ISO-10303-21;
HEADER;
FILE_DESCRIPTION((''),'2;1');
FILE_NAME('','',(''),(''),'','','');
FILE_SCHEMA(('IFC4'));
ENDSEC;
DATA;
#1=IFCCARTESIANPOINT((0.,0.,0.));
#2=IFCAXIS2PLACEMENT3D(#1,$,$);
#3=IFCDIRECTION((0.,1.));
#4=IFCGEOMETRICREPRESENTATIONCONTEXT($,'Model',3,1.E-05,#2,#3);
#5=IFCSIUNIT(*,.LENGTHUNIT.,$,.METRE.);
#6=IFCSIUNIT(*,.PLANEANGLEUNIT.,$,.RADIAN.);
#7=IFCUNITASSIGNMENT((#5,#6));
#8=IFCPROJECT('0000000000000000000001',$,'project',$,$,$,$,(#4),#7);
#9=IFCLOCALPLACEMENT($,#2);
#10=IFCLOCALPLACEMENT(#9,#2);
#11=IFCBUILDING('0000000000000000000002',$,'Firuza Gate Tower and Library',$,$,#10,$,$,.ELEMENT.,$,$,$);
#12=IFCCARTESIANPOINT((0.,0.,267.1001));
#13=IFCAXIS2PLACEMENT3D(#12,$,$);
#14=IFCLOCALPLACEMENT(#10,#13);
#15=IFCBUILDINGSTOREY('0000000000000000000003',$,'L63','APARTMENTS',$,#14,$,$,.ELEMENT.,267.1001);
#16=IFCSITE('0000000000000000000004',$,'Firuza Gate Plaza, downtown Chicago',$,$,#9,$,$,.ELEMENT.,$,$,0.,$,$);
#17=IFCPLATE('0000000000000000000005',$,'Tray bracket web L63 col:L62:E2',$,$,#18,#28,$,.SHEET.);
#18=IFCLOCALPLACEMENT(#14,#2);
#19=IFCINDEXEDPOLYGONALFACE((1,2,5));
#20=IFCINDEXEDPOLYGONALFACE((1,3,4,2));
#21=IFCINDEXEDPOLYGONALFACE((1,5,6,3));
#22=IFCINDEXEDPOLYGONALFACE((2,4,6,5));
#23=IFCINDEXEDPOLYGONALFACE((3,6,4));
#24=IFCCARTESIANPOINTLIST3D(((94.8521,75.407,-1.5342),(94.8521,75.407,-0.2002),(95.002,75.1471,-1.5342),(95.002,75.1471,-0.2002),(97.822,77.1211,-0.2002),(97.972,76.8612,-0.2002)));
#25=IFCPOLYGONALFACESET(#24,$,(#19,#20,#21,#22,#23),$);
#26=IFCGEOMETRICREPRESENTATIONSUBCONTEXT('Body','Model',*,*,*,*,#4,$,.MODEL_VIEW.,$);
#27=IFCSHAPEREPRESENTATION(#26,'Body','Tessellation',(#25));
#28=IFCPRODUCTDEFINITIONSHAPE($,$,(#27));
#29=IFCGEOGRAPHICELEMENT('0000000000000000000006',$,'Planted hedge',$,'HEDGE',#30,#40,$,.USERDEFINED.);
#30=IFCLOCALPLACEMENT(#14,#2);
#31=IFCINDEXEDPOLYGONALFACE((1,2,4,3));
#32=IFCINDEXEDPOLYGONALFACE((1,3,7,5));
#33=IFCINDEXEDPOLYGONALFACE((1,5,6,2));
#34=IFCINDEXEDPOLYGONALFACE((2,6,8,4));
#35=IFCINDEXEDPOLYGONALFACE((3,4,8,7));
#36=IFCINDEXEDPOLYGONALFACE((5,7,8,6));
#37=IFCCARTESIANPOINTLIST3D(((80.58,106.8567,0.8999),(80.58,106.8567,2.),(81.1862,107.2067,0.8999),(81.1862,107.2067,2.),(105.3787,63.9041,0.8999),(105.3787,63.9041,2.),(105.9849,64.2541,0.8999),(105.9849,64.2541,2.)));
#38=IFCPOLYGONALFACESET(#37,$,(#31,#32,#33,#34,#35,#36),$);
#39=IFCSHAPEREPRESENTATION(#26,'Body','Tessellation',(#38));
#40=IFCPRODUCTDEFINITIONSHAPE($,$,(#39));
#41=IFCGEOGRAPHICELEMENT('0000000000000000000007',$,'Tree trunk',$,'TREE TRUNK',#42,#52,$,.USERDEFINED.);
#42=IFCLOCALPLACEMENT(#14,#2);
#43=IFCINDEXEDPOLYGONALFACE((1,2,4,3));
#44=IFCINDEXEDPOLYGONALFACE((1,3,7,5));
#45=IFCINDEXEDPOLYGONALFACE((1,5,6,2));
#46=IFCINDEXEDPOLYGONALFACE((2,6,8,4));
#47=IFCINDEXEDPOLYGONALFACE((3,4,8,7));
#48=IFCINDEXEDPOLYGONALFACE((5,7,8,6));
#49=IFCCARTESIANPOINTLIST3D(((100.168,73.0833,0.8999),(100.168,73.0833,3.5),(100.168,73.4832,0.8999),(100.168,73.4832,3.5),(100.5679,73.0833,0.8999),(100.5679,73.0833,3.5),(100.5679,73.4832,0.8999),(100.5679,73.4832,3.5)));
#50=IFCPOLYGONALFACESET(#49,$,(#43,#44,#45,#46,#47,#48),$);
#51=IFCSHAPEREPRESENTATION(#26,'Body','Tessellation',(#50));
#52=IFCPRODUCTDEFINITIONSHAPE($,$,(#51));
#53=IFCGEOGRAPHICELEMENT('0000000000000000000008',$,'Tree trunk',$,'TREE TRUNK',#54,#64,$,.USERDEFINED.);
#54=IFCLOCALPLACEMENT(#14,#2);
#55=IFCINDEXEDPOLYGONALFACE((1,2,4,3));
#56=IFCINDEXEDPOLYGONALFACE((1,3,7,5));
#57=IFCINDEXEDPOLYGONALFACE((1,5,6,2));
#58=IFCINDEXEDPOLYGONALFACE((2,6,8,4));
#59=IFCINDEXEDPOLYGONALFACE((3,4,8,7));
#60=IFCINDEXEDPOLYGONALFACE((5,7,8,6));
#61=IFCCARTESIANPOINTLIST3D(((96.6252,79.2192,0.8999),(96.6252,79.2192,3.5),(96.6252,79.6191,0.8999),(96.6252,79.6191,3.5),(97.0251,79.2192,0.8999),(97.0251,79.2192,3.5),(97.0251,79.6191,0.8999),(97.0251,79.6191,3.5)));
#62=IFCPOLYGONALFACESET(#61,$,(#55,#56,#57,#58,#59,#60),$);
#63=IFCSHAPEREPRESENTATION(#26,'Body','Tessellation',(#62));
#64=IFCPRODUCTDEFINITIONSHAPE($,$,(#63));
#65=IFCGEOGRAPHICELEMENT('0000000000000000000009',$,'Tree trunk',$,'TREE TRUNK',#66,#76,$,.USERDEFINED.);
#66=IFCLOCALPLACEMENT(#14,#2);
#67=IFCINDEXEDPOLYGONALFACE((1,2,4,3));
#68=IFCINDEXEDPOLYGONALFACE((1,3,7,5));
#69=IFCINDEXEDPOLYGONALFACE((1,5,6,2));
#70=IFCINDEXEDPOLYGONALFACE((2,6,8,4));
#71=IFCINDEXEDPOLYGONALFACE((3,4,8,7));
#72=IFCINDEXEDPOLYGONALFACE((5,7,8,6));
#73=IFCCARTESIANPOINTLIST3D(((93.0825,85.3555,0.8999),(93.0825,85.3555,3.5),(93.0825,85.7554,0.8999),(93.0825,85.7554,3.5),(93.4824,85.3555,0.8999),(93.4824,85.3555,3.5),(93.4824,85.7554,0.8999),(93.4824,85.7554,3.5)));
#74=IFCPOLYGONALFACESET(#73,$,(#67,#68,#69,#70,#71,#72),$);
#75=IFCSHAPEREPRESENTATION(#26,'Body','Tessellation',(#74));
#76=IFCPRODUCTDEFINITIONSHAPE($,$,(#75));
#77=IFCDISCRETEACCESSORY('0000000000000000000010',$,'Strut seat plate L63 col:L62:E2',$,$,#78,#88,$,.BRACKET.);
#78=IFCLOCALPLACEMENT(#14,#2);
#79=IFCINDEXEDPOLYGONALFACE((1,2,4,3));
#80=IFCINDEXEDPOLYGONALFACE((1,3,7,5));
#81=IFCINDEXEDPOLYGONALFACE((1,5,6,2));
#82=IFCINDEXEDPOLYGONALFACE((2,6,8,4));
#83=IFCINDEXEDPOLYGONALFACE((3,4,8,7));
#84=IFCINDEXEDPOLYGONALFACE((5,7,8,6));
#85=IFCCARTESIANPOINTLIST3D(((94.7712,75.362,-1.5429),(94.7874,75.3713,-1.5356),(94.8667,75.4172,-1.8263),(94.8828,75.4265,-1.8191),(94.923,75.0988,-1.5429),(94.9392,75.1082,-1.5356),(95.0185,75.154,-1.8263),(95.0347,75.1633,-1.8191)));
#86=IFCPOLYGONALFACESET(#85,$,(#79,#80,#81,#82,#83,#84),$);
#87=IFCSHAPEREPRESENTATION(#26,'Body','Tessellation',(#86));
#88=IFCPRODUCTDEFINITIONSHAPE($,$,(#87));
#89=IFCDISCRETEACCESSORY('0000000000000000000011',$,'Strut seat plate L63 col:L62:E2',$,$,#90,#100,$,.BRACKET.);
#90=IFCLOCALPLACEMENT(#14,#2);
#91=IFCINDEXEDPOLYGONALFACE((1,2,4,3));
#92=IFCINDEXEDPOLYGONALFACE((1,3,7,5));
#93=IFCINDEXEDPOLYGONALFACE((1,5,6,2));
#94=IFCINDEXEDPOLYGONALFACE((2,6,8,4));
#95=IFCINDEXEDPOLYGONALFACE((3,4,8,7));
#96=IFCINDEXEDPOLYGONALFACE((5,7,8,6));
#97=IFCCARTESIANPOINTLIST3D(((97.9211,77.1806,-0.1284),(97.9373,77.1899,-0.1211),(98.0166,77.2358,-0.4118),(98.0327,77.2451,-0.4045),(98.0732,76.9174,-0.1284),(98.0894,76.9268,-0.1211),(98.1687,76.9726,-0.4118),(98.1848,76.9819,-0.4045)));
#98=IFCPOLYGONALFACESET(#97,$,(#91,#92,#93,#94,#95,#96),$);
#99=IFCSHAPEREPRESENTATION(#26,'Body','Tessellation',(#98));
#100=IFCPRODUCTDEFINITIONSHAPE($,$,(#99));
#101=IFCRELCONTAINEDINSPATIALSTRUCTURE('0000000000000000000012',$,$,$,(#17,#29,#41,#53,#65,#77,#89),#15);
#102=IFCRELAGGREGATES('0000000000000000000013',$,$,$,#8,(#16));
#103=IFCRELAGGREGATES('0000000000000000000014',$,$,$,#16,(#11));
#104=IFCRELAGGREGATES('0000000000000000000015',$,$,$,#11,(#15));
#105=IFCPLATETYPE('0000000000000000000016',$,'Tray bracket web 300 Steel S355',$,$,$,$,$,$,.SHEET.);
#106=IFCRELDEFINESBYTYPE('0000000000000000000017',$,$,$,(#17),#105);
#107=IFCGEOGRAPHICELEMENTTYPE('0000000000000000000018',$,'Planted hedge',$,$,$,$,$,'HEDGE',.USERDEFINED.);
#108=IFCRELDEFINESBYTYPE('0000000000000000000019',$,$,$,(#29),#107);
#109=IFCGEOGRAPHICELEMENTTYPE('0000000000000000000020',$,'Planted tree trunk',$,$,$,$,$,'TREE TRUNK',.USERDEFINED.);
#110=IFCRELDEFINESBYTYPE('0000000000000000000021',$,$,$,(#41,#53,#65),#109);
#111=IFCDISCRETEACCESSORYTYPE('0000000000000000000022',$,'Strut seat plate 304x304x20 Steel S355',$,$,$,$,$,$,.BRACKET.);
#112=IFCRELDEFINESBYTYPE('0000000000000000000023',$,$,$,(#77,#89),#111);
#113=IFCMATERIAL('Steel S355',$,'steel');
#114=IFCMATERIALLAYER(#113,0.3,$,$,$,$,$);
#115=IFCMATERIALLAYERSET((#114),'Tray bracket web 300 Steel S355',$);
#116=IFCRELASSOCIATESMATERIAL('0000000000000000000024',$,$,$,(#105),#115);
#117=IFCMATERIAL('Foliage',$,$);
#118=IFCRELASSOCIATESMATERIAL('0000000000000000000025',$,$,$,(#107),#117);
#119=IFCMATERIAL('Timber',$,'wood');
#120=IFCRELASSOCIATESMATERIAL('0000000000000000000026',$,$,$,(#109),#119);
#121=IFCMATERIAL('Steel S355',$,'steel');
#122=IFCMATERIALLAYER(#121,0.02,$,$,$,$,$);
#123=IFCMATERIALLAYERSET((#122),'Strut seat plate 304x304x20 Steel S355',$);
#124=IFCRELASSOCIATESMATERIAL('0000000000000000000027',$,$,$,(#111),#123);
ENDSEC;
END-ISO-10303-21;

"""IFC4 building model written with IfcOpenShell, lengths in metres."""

from ifc_helpers import new_model, si_unit, direction, frame, origin, origin_2d, place, context, subcontext, project, spatial, polyline, rectangle, outline, extrude, material, layer, layer_set, type_object, element, save


model = new_model("IFC4")

# Units and contexts
model_context = context("Model", 3, precision=1e-05, world=origin(), true_north=direction((0.0, 1.0)))
body_context = subcontext(model_context, "Body", "Model", "MODEL_VIEW")
ifc_project = project(units=[si_unit("LENGTHUNIT", "METRE"), si_unit("PLANEANGLEUNIT", "RADIAN")], contexts=[model_context])

# Site, building, storey
site_placement = place(None, origin())
site = spatial("IfcSite", under=ifc_project, at=site_placement, Name="Firuza Gate Plaza, downtown Chicago", CompositionType="ELEMENT", RefElevation=0.0)
building_placement = place(site_placement, origin())
building = spatial("IfcBuilding", under=site, at=building_placement, Name="Firuza Gate Tower and Library", CompositionType="ELEMENT")
storey_placement = place(building_placement, frame((0.0, 0.0, 267.1001)))
storey = spatial("IfcBuildingStorey", under=building, at=storey_placement, Name="L63", Description="APARTMENTS", CompositionType="ELEMENT", Elevation=267.1001)

# Plate
ifc_material_1 = material(Name="Steel S355", Category="steel")
ifc_layer_1 = layer(ifc_material_1, 0.3)
ifc_layer_set_1 = layer_set([ifc_layer_1], Name="Tray bracket web 300 Steel S355")
plate_type_1 = type_object("IfcPlateType", Name="Tray bracket web 300 Steel S355", PredefinedType="SHEET", material=ifc_layer_set_1)
plate_1_placement = place(storey_placement, frame((94.8521, 75.407, -0.2002), z_axis=(-0.499868, 0.866101, 0.0), x_axis=(0.866101, 0.499868, 0.0)))
element("IfcPlate", 1, at=plate_1_placement, inside=storey, type_object=plate_type_1, Name="Tray bracket web L63 col:L62:E2", PredefinedType="SHEET", context=body_context, shape_type="SweptSolid", body=[
    extrude(outline(polyline([(0.0, 0.0), (3.4291, 0.0), (0.0, 1.334), (0.0, 0.0)])), origin(), (0.0, 0.0, -1.0), 0.3),
])

# Geographic elements
ifc_material_2 = material(Name="Foliage")
geographic_element_type_1 = type_object("IfcGeographicElementType", Name="Planted hedge", ElementType="HEDGE", PredefinedType="USERDEFINED", material=ifc_material_2)
geographic_element_placement = place(storey_placement, frame((93.2825, 85.5554, 0.8999), z_axis=(0.0, 0.0, 1.0), x_axis=(-0.5, 0.866025, 0.0)))
element("IfcGeographicElement", 2, at=geographic_element_placement, inside=storey, type_object=geographic_element_type_1, Name="Planted hedge", ObjectType="HEDGE", PredefinedType="USERDEFINED", context=body_context, shape_type="SweptSolid", body=[
    extrude(rectangle(XDim=49.5974, YDim=0.7, at=origin_2d()), origin(), (0.0, 0.0, 1.0), 1.1001),
])
ifc_material_3 = material(Name="Timber", Category="wood")
geographic_element_type_2 = type_object("IfcGeographicElementType", Name="Planted tree trunk", ElementType="TREE TRUNK", PredefinedType="USERDEFINED", material=ifc_material_3)
for number, where, z_axis, x_axis, name in (
    (3, (100.3679, 73.2832, 0.8999), (0.0, 0.0, 1.0), (1.0, 0.0, 0.0), "Tree trunk"),
    (4, (96.8252, 79.4192, 0.8999), (0.0, 0.0, 1.0), (1.0, 0.0, 0.0), "Tree trunk"),
    (5, (93.2825, 85.5554, 0.8999), (0.0, 0.0, 1.0), (1.0, 0.0, 0.0), "Tree trunk"),
):
    element("IfcGeographicElement", number, at=place(storey_placement, frame(where, z_axis=z_axis, x_axis=x_axis)), inside=storey, type_object=geographic_element_type_2, Name=name, ObjectType="TREE TRUNK", PredefinedType="USERDEFINED", context=body_context, shape_type="SweptSolid", body=[
        extrude(rectangle(XDim=0.3999, YDim=0.3999, at=origin_2d()), origin(), (0.0, 0.0, 1.0), 2.6001),
    ])

# Discrete accessories
ifc_material_4 = material(Name="Steel S355", Category="steel")
ifc_layer_2 = layer(ifc_material_4, 0.02)
ifc_layer_set_2 = layer_set([ifc_layer_2], Name="Strut seat plate 304x304x20 Steel S355")
discrete_accessory_type = type_object("IfcDiscreteAccessoryType", Name="Strut seat plate 304x304x20 Steel S355", PredefinedType="BRACKET", material=ifc_layer_set_2)
discrete_accessory_1_placement = place(storey_placement, frame((94.7874, 75.3713, -1.5356), z_axis=(0.807237, 0.465771, 0.362527), x_axis=(0.499769, -0.866159, 0.0)))
element("IfcDiscreteAccessory", 6, at=discrete_accessory_1_placement, inside=storey, type_object=discrete_accessory_type, Name="Strut seat plate L63 col:L62:E2", PredefinedType="BRACKET", context=body_context, shape_type="SweptSolid", body=[
    extrude(outline(polyline([(0.0, 0.0), (0.3039, 0.0), (0.3038, 0.3041), (-0.0001, 0.3041), (0.0, 0.0)])), origin(), (0.0, 0.0, -1.0), 0.02),
])
discrete_accessory_2_placement = place(storey_placement, frame((98.0894, 76.9268, -0.1211), z_axis=(0.806913, 0.466333, 0.362527), x_axis=(-0.500371, 0.865811, 0.0)))
element("IfcDiscreteAccessory", 7, at=discrete_accessory_2_placement, inside=storey, type_object=discrete_accessory_type, Name="Strut seat plate L63 col:L62:E2", PredefinedType="BRACKET", context=body_context, shape_type="SweptSolid", body=[
    extrude(outline(polyline([(0.0, 0.0), (0.304, 0.0), (0.304, -0.3041), (0.0, -0.3041), (0.0, 0.0)])), origin(), (0.0, 0.0, -1.0), 0.02),
])

save(model, "model.ifc")
